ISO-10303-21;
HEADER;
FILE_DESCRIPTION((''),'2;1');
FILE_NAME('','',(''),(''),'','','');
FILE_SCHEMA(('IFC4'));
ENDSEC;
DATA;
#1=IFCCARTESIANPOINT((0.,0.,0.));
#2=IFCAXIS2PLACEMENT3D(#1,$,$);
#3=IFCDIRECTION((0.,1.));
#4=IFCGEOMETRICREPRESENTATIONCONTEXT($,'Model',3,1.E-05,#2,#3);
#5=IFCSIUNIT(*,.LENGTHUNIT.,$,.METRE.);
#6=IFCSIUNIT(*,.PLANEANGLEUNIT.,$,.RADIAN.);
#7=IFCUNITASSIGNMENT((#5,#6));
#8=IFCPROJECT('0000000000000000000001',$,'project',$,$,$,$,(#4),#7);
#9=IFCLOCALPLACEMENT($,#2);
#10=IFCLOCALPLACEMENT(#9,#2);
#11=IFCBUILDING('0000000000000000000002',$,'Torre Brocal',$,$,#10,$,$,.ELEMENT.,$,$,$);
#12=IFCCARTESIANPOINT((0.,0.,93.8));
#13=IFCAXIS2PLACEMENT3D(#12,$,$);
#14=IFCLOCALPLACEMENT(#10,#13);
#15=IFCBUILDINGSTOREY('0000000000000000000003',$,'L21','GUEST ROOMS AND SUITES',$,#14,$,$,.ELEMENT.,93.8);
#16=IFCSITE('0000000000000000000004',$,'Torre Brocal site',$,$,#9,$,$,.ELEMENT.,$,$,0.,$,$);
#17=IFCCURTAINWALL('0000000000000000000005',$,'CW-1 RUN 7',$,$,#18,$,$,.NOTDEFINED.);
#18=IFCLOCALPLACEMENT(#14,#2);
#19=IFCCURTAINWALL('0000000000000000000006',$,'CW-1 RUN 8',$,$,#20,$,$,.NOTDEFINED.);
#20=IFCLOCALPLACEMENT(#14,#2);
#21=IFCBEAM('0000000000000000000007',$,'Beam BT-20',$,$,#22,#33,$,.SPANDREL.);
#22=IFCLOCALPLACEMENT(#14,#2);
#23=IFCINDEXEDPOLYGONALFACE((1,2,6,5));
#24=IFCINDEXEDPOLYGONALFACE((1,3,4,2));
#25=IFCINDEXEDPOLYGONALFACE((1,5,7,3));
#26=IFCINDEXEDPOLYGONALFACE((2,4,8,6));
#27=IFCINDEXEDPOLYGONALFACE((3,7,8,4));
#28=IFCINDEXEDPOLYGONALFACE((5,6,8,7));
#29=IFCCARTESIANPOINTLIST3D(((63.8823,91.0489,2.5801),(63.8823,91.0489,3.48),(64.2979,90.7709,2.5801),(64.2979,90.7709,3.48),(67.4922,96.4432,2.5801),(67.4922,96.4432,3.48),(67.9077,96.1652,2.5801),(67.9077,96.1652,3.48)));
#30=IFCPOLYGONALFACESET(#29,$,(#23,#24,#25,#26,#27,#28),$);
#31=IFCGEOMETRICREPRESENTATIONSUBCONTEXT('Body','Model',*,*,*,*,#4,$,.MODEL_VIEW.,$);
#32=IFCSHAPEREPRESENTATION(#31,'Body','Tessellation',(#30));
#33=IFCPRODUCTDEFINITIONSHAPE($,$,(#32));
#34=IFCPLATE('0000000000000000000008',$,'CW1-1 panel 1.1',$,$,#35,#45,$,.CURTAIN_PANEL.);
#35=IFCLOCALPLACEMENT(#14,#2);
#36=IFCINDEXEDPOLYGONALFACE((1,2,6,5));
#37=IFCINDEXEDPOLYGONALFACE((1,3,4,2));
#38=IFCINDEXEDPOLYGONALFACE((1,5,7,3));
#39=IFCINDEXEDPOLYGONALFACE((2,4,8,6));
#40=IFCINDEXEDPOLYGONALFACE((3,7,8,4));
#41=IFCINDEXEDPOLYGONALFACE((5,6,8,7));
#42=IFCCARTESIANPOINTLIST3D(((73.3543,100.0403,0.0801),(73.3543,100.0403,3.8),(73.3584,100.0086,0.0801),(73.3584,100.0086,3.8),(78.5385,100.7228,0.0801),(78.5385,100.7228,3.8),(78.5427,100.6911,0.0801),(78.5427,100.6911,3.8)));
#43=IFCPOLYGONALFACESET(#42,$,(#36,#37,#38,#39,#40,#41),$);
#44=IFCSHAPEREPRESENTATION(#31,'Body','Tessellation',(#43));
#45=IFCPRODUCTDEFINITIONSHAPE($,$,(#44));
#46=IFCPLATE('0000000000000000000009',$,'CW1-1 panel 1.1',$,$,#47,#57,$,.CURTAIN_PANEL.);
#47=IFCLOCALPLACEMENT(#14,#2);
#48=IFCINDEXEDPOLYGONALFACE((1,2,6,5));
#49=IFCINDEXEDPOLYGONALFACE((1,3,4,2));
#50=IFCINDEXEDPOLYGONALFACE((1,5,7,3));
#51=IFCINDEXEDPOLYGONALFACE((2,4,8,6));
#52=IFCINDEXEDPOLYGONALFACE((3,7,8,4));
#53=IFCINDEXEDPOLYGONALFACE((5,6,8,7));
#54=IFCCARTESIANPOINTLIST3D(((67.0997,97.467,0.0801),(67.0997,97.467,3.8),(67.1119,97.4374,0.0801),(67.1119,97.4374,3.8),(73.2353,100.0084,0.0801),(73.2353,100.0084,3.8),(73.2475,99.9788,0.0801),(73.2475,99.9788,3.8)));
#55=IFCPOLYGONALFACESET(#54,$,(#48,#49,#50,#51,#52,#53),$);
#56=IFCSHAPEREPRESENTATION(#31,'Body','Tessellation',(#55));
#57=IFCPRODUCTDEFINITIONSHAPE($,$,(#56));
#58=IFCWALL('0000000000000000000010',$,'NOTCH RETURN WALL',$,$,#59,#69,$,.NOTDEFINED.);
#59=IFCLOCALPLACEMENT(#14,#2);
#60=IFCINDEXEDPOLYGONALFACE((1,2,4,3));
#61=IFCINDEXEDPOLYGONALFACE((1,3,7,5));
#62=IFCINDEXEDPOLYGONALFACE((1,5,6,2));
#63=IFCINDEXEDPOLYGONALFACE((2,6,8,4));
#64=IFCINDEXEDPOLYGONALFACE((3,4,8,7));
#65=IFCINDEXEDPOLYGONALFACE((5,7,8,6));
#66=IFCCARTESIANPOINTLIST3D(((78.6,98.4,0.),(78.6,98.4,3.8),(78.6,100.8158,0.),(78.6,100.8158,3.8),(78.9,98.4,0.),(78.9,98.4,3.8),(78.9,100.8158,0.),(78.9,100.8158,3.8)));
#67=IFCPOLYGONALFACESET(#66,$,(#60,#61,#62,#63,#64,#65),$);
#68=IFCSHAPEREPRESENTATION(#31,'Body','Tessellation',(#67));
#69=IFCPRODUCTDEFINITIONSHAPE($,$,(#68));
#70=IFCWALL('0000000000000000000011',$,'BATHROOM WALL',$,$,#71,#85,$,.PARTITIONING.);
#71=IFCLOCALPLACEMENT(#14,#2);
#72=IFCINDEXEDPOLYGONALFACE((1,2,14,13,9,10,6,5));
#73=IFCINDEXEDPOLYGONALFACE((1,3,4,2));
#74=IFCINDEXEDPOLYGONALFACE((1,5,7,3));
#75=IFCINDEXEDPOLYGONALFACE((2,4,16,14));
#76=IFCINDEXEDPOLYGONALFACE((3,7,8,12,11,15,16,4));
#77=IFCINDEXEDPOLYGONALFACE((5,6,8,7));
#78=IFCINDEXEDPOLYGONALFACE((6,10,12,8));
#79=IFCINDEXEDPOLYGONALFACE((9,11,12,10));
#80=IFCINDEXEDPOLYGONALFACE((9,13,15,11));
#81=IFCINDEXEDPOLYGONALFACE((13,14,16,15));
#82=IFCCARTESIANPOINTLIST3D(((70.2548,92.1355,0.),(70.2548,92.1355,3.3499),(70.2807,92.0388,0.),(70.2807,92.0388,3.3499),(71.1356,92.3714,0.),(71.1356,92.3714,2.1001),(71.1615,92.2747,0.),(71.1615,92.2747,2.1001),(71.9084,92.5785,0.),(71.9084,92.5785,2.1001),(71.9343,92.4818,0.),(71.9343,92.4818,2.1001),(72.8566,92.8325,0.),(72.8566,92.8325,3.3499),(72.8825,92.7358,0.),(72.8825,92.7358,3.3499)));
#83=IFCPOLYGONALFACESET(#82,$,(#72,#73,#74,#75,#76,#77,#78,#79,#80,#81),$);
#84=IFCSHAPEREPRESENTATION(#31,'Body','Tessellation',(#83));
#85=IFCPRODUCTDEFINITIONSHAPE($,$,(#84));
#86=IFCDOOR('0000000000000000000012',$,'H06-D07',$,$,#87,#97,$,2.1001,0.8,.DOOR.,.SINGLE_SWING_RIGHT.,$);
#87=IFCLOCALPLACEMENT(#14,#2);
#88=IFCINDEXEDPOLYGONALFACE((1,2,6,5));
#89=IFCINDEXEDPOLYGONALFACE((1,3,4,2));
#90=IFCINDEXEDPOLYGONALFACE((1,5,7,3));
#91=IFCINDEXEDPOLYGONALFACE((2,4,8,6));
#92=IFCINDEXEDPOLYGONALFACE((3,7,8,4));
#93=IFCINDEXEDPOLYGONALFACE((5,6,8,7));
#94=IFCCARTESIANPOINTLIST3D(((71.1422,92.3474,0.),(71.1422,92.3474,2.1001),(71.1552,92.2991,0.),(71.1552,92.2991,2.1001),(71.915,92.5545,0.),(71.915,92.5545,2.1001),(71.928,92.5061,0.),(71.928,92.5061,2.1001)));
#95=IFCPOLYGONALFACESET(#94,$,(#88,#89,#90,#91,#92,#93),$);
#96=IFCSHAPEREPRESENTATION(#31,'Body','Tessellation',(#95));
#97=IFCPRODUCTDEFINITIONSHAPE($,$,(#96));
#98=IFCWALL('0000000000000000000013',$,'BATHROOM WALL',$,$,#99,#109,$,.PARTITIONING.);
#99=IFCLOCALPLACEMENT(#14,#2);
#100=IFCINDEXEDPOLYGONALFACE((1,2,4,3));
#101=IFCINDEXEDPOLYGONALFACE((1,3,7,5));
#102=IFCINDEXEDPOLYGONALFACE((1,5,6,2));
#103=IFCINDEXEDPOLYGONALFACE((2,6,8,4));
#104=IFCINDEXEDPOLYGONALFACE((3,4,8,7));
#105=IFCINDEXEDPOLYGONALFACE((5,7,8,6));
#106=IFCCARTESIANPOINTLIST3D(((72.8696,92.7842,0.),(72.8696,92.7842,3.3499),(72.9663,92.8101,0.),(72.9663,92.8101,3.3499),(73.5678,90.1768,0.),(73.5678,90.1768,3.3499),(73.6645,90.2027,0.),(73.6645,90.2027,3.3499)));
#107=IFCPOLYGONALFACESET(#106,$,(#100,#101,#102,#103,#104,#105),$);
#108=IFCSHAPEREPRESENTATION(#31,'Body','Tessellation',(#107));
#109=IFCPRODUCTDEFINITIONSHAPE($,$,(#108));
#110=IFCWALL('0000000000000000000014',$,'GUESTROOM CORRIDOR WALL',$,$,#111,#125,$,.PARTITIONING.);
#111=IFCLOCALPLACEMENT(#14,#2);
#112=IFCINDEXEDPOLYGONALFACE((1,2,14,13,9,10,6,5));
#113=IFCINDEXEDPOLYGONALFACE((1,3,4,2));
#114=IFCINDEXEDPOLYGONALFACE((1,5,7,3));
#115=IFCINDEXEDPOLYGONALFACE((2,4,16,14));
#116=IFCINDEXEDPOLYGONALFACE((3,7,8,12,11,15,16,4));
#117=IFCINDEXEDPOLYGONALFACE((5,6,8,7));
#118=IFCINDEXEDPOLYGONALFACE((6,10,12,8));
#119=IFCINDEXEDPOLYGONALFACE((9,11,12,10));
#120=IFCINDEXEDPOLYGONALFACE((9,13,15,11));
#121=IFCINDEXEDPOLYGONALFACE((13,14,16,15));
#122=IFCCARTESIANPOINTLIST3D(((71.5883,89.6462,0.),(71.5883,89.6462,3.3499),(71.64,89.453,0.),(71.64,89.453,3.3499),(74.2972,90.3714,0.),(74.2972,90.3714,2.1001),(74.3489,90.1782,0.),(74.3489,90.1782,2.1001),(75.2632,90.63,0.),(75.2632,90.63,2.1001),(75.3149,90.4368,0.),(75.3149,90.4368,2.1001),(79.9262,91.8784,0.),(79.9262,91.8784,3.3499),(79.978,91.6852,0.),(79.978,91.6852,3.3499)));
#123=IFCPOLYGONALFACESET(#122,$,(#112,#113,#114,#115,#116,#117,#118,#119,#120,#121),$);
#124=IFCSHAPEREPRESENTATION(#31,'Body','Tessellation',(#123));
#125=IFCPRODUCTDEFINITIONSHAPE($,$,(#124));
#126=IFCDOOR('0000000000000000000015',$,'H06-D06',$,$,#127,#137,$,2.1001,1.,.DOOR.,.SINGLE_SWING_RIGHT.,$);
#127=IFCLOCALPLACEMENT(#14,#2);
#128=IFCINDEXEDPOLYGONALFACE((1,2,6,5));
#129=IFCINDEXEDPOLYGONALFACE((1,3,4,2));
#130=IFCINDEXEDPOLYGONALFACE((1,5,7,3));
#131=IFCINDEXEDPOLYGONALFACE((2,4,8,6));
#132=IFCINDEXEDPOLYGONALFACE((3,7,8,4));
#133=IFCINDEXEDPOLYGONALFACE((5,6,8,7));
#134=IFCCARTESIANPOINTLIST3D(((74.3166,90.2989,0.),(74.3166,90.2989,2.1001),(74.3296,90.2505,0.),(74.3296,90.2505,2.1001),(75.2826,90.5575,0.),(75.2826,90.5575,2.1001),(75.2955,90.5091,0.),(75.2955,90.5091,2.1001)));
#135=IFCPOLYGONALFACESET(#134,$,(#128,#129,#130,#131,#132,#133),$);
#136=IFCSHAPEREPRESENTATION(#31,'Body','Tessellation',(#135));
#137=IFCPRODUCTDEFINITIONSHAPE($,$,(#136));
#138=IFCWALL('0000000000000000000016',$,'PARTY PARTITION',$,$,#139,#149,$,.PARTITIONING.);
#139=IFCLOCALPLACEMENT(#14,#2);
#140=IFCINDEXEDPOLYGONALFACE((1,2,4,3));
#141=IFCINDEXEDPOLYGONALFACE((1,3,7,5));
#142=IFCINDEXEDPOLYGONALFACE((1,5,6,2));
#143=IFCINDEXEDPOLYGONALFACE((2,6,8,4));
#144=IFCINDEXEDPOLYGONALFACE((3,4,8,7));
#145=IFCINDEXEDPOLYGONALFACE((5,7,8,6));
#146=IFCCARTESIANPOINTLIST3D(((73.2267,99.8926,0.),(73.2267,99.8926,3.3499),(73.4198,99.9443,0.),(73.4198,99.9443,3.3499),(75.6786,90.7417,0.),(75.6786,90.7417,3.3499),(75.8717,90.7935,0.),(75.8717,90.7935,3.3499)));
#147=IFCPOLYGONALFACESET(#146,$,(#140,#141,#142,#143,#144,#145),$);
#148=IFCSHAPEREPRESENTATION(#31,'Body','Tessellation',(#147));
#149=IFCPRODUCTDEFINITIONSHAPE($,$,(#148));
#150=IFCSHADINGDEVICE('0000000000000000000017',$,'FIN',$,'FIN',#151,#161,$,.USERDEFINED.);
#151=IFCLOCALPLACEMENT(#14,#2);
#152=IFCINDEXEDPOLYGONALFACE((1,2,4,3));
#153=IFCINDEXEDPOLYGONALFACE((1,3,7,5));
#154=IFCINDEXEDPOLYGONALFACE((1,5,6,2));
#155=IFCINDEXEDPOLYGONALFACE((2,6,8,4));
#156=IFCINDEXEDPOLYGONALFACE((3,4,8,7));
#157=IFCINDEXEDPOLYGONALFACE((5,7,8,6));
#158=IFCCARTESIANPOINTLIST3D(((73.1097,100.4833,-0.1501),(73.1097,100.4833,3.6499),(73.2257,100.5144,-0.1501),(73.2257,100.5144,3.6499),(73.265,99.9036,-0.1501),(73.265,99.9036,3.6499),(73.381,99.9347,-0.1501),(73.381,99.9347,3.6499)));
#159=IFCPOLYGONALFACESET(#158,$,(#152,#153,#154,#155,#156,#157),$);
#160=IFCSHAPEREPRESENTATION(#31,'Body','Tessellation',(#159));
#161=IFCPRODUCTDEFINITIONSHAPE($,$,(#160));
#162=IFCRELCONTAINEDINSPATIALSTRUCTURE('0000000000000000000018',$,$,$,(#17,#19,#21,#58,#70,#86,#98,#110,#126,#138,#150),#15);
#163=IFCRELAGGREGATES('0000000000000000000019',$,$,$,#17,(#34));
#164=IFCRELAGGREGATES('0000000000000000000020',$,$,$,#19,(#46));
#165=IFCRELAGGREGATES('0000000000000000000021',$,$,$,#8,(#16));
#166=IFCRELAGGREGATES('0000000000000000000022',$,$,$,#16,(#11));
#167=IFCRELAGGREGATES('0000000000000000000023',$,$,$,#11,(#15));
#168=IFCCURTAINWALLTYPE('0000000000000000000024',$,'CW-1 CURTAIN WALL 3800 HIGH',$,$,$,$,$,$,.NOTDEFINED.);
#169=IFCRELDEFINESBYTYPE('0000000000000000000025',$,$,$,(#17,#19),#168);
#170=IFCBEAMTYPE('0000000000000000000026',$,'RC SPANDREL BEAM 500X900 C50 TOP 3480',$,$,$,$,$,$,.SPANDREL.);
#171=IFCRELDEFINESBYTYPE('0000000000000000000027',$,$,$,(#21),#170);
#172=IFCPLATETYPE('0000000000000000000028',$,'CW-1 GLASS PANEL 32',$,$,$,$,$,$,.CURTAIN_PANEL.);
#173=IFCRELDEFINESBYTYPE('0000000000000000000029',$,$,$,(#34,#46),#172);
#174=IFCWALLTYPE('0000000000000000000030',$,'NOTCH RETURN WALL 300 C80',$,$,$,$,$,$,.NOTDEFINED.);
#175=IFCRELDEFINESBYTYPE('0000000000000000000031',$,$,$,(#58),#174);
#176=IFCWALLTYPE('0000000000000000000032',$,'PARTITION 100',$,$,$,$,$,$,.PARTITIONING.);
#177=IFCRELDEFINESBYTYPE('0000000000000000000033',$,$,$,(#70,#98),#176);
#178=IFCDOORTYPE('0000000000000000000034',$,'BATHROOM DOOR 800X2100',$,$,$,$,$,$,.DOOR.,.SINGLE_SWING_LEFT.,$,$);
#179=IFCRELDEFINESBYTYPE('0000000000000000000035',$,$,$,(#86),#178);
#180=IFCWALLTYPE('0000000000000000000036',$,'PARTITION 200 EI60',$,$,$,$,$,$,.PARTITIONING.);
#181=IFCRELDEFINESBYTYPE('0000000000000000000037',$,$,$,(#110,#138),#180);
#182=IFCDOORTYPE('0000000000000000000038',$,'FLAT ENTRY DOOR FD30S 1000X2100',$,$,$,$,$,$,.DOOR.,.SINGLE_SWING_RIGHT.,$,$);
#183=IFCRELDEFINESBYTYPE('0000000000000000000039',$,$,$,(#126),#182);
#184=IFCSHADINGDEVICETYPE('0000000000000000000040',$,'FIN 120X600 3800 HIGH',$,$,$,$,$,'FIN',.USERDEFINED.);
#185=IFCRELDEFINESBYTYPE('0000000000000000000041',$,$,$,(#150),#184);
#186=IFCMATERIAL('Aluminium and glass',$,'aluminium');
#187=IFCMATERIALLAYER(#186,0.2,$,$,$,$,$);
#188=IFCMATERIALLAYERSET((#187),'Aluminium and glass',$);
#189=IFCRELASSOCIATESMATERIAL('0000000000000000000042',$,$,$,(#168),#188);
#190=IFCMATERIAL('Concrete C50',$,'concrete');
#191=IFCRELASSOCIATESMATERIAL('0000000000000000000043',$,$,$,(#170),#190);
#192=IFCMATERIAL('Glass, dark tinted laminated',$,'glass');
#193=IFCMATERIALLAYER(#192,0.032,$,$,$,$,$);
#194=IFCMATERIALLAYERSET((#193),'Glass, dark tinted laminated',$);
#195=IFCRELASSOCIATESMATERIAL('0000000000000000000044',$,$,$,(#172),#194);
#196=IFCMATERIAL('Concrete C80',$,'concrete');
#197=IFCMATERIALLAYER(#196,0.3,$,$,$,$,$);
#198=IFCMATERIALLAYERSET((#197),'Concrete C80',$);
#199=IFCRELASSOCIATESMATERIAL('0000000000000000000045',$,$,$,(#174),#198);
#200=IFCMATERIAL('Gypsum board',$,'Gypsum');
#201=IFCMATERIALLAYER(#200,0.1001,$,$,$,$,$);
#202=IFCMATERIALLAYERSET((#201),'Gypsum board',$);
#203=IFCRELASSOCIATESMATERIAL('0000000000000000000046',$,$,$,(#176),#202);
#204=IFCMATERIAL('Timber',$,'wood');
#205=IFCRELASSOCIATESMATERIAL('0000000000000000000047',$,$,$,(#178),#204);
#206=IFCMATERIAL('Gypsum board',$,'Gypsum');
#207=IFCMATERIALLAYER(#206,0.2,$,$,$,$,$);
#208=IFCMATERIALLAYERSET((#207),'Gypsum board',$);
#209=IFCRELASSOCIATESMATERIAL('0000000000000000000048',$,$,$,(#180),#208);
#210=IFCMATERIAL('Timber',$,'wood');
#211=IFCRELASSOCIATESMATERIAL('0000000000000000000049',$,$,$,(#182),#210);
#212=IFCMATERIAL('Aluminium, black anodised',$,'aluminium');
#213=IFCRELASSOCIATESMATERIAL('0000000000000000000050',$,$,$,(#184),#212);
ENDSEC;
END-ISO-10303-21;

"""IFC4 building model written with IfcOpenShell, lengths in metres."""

from ifc_helpers import new_model, si_unit, direction, frame, frame_2d, origin, origin_2d, place, context, subcontext, project, spatial, rectangle, extrude, material, layer, layer_set, material_profile, profile_set, type_object, element, fill, aggregate, save


model = new_model("IFC4")

# Units and contexts
model_context = context("Model", 3, precision=1e-05, world=origin(), true_north=direction((0.0, 1.0)))
body_context = subcontext(model_context, "Body", "Model", "MODEL_VIEW")
ifc_project = project(units=[si_unit("LENGTHUNIT", "METRE"), si_unit("PLANEANGLEUNIT", "RADIAN")], contexts=[model_context])

# Site, building, storey
site_placement = place(None, origin())
site = spatial("IfcSite", under=ifc_project, at=site_placement, Name="Torre Brocal site", CompositionType="ELEMENT", RefElevation=0.0)
building_placement = place(site_placement, origin())
building = spatial("IfcBuilding", under=site, at=building_placement, Name="Torre Brocal", CompositionType="ELEMENT")
storey_placement = place(building_placement, frame((0.0, 0.0, 93.8)))
storey = spatial("IfcBuildingStorey", under=building, at=storey_placement, Name="L21", Description="GUEST ROOMS AND SUITES", CompositionType="ELEMENT", Elevation=93.8)

# Curtain wall
ifc_material_1 = material(Name="Aluminium and glass", Category="aluminium")
ifc_layer_1 = layer(ifc_material_1, 0.2)
ifc_layer_set_1 = layer_set([ifc_layer_1], Name="Aluminium and glass")
curtain_wall_type = type_object("IfcCurtainWallType", Name="CW-1 CURTAIN WALL 3800 HIGH", PredefinedType="NOTDEFINED", material=ifc_layer_set_1)
curtain_wall_1_placement = place(storey_placement, origin())
curtain_wall_1 = element("IfcCurtainWall", 1, at=curtain_wall_1_placement, inside=storey, type_object=curtain_wall_type, Name="CW-1 RUN 7", PredefinedType="NOTDEFINED")

# Curtain wall
curtain_wall_2_placement = place(storey_placement, origin())
curtain_wall_2 = element("IfcCurtainWall", 2, at=curtain_wall_2_placement, inside=storey, type_object=curtain_wall_type, Name="CW-1 RUN 8", PredefinedType="NOTDEFINED")

# Beam
ifc_material_2 = material(Name="Concrete C50", Category="concrete")
ifc_material_profile_1 = material_profile(ifc_material_2, rectangle(XDim=0.5, YDim=0.8999, at=origin_2d()), Name="RC 500X900")
ifc_profile_set_1 = profile_set([ifc_material_profile_1], Name="Concrete C50")
beam_type_1 = type_object("IfcBeamType", Name="RC SPANDREL BEAM 500X900 C50 TOP 3480", PredefinedType="SPANDREL", material=ifc_profile_set_1)
beam_1_placement = place(storey_placement, frame((67.7, 96.3042, 3.03), z_axis=(-0.556158, -0.831077, 0.0), x_axis=(0.831077, -0.556158, 0.0)))
element("IfcBeam", 3, at=beam_1_placement, inside=storey, type_object=beam_type_1, Name="Beam BT-20", PredefinedType="SPANDREL", context=body_context, shape_type="SweptSolid", body=[
    extrude(rectangle(XDim=0.5, YDim=0.8999, at=origin_2d()), origin(), (0.0, 0.0, 1.0), 6.4907),
])

# Plates
ifc_material_3 = material(Name="Glass, dark tinted laminated", Category="glass")
ifc_layer_2 = layer(ifc_material_3, 0.032)
ifc_layer_set_2 = layer_set([ifc_layer_2], Name="Glass, dark tinted laminated")
plate_type = type_object("IfcPlateType", Name="CW-1 GLASS PANEL 32", PredefinedType="CURTAIN_PANEL", material=ifc_layer_set_2)
plate_1_placement = place(storey_placement, frame((75.9485, 100.3657, 0.0801), z_axis=(0.0, 0.0, 1.0), x_axis=(-0.991445, -0.130526, 0.0)))
plate_1 = element("IfcPlate", 4, at=plate_1_placement, type_object=plate_type, Name="CW1-1 panel 1.1", PredefinedType="CURTAIN_PANEL", context=body_context, shape_type="SweptSolid", body=[
    extrude(rectangle(XDim=5.229, YDim=0.032, at=origin_2d()), origin(), (0.0, 0.0, 1.0), 3.72),
])
aggregate(curtain_wall_1, [plate_1])
plate_2_placement = place(storey_placement, frame((70.1736, 98.7229, 0.0801), z_axis=(0.0, 0.0, 1.0), x_axis=(-0.92388, -0.382683, 0.0)))
plate_2 = element("IfcPlate", 5, at=plate_2_placement, type_object=plate_type, Name="CW1-1 panel 1.1", PredefinedType="CURTAIN_PANEL", context=body_context, shape_type="SweptSolid", body=[
    extrude(rectangle(XDim=6.6411, YDim=0.032, at=origin_2d()), origin(), (0.0, 0.0, 1.0), 3.72),
])
aggregate(curtain_wall_2, [plate_2])

# Wall
ifc_material_4 = material(Name="Concrete C80", Category="concrete")
ifc_layer_3 = layer(ifc_material_4, 0.3)
ifc_layer_set_3 = layer_set([ifc_layer_3], Name="Concrete C80")
wall_type_1 = type_object("IfcWallType", Name="NOTCH RETURN WALL 300 C80", PredefinedType="NOTDEFINED", material=ifc_layer_set_3)
wall_1_placement = place(storey_placement, frame((78.75, 98.3999, 0.0), z_axis=(0.0, 0.0, 1.0), x_axis=(0.0, 1.0, 0.0)))
element("IfcWall", 6, at=wall_1_placement, inside=storey, type_object=wall_type_1, Name="NOTCH RETURN WALL", PredefinedType="NOTDEFINED", context=body_context, shape_type="SweptSolid", body=[
    extrude(rectangle(XDim=2.4158, YDim=0.3, at=frame_2d((1.208, 0.0))), origin(), (0.0, 0.0, 1.0), 3.8),
])

# Wall, opening, door
ifc_material_5 = material(Name="Gypsum board", Category="Gypsum")
ifc_layer_4 = layer(ifc_material_5, 0.1001)
ifc_layer_set_4 = layer_set([ifc_layer_4], Name="Gypsum board")
wall_type_2 = type_object("IfcWallType", Name="PARTITION 100", PredefinedType="PARTITIONING", material=ifc_layer_set_4)
wall_2_placement = place(storey_placement, frame((70.2678, 92.0872, 0.0), z_axis=(0.0, 0.0, 1.0), x_axis=(0.965938, 0.258774, 0.0)))
wall_2 = element("IfcWall", 7, at=wall_2_placement, inside=storey, type_object=wall_type_2, Name="BATHROOM WALL", PredefinedType="PARTITIONING", context=body_context, shape_type="SweptSolid", body=[
    extrude(rectangle(XDim=2.6936, YDim=0.1001, at=frame_2d((1.3467, 0.0))), origin(), (0.0, 0.0, 1.0), 3.3499),
])
opening_1_placement = place(wall_2_placement, frame((0.9119, 0.0, 0.0)))
opening_1 = element("IfcOpeningElement", 8, at=opening_1_placement, cuts=wall_2, PredefinedType="OPENING", context=body_context, shape_type="SweptSolid", body=[
    extrude(rectangle(XDim=0.8, YDim=2.1001, at=frame_2d((0.3999, 1.05))), frame((0.0, 0.0601, 0.0), z_axis=(0.0, -1.0, 0.0), x_axis=(1.0, 0.0, 0.0)), (0.0, 0.0, 1.0), 0.1201),
])
ifc_material_6 = material(Name="Timber", Category="wood")
door_type_1 = type_object("IfcDoorType", Name="BATHROOM DOOR 800X2100", OperationType="SINGLE_SWING_LEFT", PredefinedType="DOOR", material=ifc_material_6)
door_1_placement = place(opening_1_placement, frame((0.8, 0.0, 0.0), z_axis=(0.0, 0.0, 1.0), x_axis=(-1.0, 0.0, 0.0)))
door_1 = element("IfcDoor", 9, at=door_1_placement, inside=storey, type_object=door_type_1, Name="H06-D07", OperationType="SINGLE_SWING_RIGHT", OverallHeight=2.1001, OverallWidth=0.8, PredefinedType="DOOR", context=body_context, shape_type="SweptSolid", body=[
    extrude(rectangle(XDim=0.8, YDim=2.1001, at=frame_2d((0.3999, 1.05))), frame((0.0, 0.0249, 0.0), z_axis=(0.0, -1.0, 0.0), x_axis=(1.0, 0.0, 0.0)), (0.0, 0.0, 1.0), 0.05),
])
fill(opening_1, door_1)

# Wall
wall_3_placement = place(storey_placement, frame((72.918, 92.7971, 0.0), z_axis=(0.0, 0.0, 1.0), x_axis=(0.258676, -0.965964, 0.0)))
element("IfcWall", 10, at=wall_3_placement, inside=storey, type_object=wall_type_2, Name="BATHROOM WALL", PredefinedType="PARTITIONING", context=body_context, shape_type="SweptSolid", body=[
    extrude(rectangle(XDim=2.6992, YDim=0.1001, at=frame_2d((1.3496, 0.0))), origin(), (0.0, 0.0, 1.0), 3.3499),
])

# Wall, opening, door
ifc_material_7 = material(Name="Gypsum board", Category="Gypsum")
ifc_layer_5 = layer(ifc_material_7, 0.2)
ifc_layer_set_5 = layer_set([ifc_layer_5], Name="Gypsum board")
wall_type_3 = type_object("IfcWallType", Name="PARTITION 200 EI60", PredefinedType="PARTITIONING", material=ifc_layer_set_5)
wall_4_placement = place(storey_placement, frame((71.614, 89.5496, 0.0), z_axis=(0.0, 0.0, 1.0), x_axis=(0.965982, 0.258608, 0.0)))
wall_4 = element("IfcWall", 11, at=wall_4_placement, inside=storey, type_object=wall_type_3, Name="GUESTROOM CORRIDOR WALL", PredefinedType="PARTITIONING", context=body_context, shape_type="SweptSolid", body=[
    extrude(rectangle(XDim=8.6316, YDim=0.2, at=frame_2d((4.3159, 0.0))), origin(), (0.0, 0.0, 1.0), 3.3499),
])
opening_2_placement = place(wall_4_placement, frame((2.8044, 0.0, 0.0)))
opening_2 = element("IfcOpeningElement", 12, at=opening_2_placement, cuts=wall_4, PredefinedType="OPENING", context=body_context, shape_type="SweptSolid", body=[
    extrude(rectangle(XDim=1.0, YDim=2.1001, at=frame_2d((0.5, 1.05))), frame((0.0, 0.1099, 0.0), z_axis=(0.0, -1.0, 0.0), x_axis=(1.0, 0.0, 0.0)), (0.0, 0.0, 1.0), 0.22),
])
ifc_material_8 = material(Name="Timber", Category="wood")
door_type_2 = type_object("IfcDoorType", Name="FLAT ENTRY DOOR FD30S 1000X2100", OperationType="SINGLE_SWING_RIGHT", PredefinedType="DOOR", material=ifc_material_8)
door_2_placement = place(opening_2_placement, origin())
door_2 = element("IfcDoor", 13, at=door_2_placement, inside=storey, type_object=door_type_2, Name="H06-D06", OperationType="SINGLE_SWING_RIGHT", OverallHeight=2.1001, OverallWidth=1.0, PredefinedType="DOOR", context=body_context, shape_type="SweptSolid", body=[
    extrude(rectangle(XDim=1.0, YDim=2.1001, at=frame_2d((0.5, 1.05))), frame((0.0, 0.0249, 0.0), z_axis=(0.0, -1.0, 0.0), x_axis=(1.0, 0.0, 0.0)), (0.0, 0.0, 1.0), 0.05),
])
fill(opening_2, door_2)

# Wall
wall_5_placement = place(storey_placement, frame((73.3232, 99.9185, 0.0), z_axis=(0.0, 0.0, 1.0), x_axis=(0.258813, -0.965928, 0.0)))
element("IfcWall", 14, at=wall_5_placement, inside=storey, type_object=wall_type_3, Name="PARTY PARTITION", PredefinedType="PARTITIONING", context=body_context, shape_type="SweptSolid", body=[
    extrude(rectangle(XDim=9.4736, YDim=0.2, at=frame_2d((4.7368, 0.0))), origin(), (0.0, 0.0, 1.0), 3.3499),
])

# Shading device
ifc_material_9 = material(Name="Aluminium, black anodised", Category="aluminium")
ifc_material_profile_2 = material_profile(ifc_material_9, rectangle(XDim=0.1201, YDim=0.6001, at=origin_2d()), Name="FIN 120X600 3800 HIGH")
ifc_profile_set_2 = profile_set([ifc_material_profile_2], Name="Aluminium, black anodised")
shading_device_type = type_object("IfcShadingDeviceType", Name="FIN 120X600 3800 HIGH", ElementType="FIN", PredefinedType="USERDEFINED", material=ifc_profile_set_2)
shading_device_placement = place(storey_placement, frame((73.2454, 100.209, -0.1501), z_axis=(0.0, 0.0, 1.0), x_axis=(-0.965926, -0.258819, 0.0)))
element("IfcShadingDevice", 15, at=shading_device_placement, inside=storey, type_object=shading_device_type, Name="FIN", ObjectType="FIN", PredefinedType="USERDEFINED", context=body_context, shape_type="SweptSolid", body=[
    extrude(rectangle(XDim=0.1201, YDim=0.6001, at=origin_2d()), origin(), (0.0, 0.0, 1.0), 3.8),
])

save(model, "model.ifc")
